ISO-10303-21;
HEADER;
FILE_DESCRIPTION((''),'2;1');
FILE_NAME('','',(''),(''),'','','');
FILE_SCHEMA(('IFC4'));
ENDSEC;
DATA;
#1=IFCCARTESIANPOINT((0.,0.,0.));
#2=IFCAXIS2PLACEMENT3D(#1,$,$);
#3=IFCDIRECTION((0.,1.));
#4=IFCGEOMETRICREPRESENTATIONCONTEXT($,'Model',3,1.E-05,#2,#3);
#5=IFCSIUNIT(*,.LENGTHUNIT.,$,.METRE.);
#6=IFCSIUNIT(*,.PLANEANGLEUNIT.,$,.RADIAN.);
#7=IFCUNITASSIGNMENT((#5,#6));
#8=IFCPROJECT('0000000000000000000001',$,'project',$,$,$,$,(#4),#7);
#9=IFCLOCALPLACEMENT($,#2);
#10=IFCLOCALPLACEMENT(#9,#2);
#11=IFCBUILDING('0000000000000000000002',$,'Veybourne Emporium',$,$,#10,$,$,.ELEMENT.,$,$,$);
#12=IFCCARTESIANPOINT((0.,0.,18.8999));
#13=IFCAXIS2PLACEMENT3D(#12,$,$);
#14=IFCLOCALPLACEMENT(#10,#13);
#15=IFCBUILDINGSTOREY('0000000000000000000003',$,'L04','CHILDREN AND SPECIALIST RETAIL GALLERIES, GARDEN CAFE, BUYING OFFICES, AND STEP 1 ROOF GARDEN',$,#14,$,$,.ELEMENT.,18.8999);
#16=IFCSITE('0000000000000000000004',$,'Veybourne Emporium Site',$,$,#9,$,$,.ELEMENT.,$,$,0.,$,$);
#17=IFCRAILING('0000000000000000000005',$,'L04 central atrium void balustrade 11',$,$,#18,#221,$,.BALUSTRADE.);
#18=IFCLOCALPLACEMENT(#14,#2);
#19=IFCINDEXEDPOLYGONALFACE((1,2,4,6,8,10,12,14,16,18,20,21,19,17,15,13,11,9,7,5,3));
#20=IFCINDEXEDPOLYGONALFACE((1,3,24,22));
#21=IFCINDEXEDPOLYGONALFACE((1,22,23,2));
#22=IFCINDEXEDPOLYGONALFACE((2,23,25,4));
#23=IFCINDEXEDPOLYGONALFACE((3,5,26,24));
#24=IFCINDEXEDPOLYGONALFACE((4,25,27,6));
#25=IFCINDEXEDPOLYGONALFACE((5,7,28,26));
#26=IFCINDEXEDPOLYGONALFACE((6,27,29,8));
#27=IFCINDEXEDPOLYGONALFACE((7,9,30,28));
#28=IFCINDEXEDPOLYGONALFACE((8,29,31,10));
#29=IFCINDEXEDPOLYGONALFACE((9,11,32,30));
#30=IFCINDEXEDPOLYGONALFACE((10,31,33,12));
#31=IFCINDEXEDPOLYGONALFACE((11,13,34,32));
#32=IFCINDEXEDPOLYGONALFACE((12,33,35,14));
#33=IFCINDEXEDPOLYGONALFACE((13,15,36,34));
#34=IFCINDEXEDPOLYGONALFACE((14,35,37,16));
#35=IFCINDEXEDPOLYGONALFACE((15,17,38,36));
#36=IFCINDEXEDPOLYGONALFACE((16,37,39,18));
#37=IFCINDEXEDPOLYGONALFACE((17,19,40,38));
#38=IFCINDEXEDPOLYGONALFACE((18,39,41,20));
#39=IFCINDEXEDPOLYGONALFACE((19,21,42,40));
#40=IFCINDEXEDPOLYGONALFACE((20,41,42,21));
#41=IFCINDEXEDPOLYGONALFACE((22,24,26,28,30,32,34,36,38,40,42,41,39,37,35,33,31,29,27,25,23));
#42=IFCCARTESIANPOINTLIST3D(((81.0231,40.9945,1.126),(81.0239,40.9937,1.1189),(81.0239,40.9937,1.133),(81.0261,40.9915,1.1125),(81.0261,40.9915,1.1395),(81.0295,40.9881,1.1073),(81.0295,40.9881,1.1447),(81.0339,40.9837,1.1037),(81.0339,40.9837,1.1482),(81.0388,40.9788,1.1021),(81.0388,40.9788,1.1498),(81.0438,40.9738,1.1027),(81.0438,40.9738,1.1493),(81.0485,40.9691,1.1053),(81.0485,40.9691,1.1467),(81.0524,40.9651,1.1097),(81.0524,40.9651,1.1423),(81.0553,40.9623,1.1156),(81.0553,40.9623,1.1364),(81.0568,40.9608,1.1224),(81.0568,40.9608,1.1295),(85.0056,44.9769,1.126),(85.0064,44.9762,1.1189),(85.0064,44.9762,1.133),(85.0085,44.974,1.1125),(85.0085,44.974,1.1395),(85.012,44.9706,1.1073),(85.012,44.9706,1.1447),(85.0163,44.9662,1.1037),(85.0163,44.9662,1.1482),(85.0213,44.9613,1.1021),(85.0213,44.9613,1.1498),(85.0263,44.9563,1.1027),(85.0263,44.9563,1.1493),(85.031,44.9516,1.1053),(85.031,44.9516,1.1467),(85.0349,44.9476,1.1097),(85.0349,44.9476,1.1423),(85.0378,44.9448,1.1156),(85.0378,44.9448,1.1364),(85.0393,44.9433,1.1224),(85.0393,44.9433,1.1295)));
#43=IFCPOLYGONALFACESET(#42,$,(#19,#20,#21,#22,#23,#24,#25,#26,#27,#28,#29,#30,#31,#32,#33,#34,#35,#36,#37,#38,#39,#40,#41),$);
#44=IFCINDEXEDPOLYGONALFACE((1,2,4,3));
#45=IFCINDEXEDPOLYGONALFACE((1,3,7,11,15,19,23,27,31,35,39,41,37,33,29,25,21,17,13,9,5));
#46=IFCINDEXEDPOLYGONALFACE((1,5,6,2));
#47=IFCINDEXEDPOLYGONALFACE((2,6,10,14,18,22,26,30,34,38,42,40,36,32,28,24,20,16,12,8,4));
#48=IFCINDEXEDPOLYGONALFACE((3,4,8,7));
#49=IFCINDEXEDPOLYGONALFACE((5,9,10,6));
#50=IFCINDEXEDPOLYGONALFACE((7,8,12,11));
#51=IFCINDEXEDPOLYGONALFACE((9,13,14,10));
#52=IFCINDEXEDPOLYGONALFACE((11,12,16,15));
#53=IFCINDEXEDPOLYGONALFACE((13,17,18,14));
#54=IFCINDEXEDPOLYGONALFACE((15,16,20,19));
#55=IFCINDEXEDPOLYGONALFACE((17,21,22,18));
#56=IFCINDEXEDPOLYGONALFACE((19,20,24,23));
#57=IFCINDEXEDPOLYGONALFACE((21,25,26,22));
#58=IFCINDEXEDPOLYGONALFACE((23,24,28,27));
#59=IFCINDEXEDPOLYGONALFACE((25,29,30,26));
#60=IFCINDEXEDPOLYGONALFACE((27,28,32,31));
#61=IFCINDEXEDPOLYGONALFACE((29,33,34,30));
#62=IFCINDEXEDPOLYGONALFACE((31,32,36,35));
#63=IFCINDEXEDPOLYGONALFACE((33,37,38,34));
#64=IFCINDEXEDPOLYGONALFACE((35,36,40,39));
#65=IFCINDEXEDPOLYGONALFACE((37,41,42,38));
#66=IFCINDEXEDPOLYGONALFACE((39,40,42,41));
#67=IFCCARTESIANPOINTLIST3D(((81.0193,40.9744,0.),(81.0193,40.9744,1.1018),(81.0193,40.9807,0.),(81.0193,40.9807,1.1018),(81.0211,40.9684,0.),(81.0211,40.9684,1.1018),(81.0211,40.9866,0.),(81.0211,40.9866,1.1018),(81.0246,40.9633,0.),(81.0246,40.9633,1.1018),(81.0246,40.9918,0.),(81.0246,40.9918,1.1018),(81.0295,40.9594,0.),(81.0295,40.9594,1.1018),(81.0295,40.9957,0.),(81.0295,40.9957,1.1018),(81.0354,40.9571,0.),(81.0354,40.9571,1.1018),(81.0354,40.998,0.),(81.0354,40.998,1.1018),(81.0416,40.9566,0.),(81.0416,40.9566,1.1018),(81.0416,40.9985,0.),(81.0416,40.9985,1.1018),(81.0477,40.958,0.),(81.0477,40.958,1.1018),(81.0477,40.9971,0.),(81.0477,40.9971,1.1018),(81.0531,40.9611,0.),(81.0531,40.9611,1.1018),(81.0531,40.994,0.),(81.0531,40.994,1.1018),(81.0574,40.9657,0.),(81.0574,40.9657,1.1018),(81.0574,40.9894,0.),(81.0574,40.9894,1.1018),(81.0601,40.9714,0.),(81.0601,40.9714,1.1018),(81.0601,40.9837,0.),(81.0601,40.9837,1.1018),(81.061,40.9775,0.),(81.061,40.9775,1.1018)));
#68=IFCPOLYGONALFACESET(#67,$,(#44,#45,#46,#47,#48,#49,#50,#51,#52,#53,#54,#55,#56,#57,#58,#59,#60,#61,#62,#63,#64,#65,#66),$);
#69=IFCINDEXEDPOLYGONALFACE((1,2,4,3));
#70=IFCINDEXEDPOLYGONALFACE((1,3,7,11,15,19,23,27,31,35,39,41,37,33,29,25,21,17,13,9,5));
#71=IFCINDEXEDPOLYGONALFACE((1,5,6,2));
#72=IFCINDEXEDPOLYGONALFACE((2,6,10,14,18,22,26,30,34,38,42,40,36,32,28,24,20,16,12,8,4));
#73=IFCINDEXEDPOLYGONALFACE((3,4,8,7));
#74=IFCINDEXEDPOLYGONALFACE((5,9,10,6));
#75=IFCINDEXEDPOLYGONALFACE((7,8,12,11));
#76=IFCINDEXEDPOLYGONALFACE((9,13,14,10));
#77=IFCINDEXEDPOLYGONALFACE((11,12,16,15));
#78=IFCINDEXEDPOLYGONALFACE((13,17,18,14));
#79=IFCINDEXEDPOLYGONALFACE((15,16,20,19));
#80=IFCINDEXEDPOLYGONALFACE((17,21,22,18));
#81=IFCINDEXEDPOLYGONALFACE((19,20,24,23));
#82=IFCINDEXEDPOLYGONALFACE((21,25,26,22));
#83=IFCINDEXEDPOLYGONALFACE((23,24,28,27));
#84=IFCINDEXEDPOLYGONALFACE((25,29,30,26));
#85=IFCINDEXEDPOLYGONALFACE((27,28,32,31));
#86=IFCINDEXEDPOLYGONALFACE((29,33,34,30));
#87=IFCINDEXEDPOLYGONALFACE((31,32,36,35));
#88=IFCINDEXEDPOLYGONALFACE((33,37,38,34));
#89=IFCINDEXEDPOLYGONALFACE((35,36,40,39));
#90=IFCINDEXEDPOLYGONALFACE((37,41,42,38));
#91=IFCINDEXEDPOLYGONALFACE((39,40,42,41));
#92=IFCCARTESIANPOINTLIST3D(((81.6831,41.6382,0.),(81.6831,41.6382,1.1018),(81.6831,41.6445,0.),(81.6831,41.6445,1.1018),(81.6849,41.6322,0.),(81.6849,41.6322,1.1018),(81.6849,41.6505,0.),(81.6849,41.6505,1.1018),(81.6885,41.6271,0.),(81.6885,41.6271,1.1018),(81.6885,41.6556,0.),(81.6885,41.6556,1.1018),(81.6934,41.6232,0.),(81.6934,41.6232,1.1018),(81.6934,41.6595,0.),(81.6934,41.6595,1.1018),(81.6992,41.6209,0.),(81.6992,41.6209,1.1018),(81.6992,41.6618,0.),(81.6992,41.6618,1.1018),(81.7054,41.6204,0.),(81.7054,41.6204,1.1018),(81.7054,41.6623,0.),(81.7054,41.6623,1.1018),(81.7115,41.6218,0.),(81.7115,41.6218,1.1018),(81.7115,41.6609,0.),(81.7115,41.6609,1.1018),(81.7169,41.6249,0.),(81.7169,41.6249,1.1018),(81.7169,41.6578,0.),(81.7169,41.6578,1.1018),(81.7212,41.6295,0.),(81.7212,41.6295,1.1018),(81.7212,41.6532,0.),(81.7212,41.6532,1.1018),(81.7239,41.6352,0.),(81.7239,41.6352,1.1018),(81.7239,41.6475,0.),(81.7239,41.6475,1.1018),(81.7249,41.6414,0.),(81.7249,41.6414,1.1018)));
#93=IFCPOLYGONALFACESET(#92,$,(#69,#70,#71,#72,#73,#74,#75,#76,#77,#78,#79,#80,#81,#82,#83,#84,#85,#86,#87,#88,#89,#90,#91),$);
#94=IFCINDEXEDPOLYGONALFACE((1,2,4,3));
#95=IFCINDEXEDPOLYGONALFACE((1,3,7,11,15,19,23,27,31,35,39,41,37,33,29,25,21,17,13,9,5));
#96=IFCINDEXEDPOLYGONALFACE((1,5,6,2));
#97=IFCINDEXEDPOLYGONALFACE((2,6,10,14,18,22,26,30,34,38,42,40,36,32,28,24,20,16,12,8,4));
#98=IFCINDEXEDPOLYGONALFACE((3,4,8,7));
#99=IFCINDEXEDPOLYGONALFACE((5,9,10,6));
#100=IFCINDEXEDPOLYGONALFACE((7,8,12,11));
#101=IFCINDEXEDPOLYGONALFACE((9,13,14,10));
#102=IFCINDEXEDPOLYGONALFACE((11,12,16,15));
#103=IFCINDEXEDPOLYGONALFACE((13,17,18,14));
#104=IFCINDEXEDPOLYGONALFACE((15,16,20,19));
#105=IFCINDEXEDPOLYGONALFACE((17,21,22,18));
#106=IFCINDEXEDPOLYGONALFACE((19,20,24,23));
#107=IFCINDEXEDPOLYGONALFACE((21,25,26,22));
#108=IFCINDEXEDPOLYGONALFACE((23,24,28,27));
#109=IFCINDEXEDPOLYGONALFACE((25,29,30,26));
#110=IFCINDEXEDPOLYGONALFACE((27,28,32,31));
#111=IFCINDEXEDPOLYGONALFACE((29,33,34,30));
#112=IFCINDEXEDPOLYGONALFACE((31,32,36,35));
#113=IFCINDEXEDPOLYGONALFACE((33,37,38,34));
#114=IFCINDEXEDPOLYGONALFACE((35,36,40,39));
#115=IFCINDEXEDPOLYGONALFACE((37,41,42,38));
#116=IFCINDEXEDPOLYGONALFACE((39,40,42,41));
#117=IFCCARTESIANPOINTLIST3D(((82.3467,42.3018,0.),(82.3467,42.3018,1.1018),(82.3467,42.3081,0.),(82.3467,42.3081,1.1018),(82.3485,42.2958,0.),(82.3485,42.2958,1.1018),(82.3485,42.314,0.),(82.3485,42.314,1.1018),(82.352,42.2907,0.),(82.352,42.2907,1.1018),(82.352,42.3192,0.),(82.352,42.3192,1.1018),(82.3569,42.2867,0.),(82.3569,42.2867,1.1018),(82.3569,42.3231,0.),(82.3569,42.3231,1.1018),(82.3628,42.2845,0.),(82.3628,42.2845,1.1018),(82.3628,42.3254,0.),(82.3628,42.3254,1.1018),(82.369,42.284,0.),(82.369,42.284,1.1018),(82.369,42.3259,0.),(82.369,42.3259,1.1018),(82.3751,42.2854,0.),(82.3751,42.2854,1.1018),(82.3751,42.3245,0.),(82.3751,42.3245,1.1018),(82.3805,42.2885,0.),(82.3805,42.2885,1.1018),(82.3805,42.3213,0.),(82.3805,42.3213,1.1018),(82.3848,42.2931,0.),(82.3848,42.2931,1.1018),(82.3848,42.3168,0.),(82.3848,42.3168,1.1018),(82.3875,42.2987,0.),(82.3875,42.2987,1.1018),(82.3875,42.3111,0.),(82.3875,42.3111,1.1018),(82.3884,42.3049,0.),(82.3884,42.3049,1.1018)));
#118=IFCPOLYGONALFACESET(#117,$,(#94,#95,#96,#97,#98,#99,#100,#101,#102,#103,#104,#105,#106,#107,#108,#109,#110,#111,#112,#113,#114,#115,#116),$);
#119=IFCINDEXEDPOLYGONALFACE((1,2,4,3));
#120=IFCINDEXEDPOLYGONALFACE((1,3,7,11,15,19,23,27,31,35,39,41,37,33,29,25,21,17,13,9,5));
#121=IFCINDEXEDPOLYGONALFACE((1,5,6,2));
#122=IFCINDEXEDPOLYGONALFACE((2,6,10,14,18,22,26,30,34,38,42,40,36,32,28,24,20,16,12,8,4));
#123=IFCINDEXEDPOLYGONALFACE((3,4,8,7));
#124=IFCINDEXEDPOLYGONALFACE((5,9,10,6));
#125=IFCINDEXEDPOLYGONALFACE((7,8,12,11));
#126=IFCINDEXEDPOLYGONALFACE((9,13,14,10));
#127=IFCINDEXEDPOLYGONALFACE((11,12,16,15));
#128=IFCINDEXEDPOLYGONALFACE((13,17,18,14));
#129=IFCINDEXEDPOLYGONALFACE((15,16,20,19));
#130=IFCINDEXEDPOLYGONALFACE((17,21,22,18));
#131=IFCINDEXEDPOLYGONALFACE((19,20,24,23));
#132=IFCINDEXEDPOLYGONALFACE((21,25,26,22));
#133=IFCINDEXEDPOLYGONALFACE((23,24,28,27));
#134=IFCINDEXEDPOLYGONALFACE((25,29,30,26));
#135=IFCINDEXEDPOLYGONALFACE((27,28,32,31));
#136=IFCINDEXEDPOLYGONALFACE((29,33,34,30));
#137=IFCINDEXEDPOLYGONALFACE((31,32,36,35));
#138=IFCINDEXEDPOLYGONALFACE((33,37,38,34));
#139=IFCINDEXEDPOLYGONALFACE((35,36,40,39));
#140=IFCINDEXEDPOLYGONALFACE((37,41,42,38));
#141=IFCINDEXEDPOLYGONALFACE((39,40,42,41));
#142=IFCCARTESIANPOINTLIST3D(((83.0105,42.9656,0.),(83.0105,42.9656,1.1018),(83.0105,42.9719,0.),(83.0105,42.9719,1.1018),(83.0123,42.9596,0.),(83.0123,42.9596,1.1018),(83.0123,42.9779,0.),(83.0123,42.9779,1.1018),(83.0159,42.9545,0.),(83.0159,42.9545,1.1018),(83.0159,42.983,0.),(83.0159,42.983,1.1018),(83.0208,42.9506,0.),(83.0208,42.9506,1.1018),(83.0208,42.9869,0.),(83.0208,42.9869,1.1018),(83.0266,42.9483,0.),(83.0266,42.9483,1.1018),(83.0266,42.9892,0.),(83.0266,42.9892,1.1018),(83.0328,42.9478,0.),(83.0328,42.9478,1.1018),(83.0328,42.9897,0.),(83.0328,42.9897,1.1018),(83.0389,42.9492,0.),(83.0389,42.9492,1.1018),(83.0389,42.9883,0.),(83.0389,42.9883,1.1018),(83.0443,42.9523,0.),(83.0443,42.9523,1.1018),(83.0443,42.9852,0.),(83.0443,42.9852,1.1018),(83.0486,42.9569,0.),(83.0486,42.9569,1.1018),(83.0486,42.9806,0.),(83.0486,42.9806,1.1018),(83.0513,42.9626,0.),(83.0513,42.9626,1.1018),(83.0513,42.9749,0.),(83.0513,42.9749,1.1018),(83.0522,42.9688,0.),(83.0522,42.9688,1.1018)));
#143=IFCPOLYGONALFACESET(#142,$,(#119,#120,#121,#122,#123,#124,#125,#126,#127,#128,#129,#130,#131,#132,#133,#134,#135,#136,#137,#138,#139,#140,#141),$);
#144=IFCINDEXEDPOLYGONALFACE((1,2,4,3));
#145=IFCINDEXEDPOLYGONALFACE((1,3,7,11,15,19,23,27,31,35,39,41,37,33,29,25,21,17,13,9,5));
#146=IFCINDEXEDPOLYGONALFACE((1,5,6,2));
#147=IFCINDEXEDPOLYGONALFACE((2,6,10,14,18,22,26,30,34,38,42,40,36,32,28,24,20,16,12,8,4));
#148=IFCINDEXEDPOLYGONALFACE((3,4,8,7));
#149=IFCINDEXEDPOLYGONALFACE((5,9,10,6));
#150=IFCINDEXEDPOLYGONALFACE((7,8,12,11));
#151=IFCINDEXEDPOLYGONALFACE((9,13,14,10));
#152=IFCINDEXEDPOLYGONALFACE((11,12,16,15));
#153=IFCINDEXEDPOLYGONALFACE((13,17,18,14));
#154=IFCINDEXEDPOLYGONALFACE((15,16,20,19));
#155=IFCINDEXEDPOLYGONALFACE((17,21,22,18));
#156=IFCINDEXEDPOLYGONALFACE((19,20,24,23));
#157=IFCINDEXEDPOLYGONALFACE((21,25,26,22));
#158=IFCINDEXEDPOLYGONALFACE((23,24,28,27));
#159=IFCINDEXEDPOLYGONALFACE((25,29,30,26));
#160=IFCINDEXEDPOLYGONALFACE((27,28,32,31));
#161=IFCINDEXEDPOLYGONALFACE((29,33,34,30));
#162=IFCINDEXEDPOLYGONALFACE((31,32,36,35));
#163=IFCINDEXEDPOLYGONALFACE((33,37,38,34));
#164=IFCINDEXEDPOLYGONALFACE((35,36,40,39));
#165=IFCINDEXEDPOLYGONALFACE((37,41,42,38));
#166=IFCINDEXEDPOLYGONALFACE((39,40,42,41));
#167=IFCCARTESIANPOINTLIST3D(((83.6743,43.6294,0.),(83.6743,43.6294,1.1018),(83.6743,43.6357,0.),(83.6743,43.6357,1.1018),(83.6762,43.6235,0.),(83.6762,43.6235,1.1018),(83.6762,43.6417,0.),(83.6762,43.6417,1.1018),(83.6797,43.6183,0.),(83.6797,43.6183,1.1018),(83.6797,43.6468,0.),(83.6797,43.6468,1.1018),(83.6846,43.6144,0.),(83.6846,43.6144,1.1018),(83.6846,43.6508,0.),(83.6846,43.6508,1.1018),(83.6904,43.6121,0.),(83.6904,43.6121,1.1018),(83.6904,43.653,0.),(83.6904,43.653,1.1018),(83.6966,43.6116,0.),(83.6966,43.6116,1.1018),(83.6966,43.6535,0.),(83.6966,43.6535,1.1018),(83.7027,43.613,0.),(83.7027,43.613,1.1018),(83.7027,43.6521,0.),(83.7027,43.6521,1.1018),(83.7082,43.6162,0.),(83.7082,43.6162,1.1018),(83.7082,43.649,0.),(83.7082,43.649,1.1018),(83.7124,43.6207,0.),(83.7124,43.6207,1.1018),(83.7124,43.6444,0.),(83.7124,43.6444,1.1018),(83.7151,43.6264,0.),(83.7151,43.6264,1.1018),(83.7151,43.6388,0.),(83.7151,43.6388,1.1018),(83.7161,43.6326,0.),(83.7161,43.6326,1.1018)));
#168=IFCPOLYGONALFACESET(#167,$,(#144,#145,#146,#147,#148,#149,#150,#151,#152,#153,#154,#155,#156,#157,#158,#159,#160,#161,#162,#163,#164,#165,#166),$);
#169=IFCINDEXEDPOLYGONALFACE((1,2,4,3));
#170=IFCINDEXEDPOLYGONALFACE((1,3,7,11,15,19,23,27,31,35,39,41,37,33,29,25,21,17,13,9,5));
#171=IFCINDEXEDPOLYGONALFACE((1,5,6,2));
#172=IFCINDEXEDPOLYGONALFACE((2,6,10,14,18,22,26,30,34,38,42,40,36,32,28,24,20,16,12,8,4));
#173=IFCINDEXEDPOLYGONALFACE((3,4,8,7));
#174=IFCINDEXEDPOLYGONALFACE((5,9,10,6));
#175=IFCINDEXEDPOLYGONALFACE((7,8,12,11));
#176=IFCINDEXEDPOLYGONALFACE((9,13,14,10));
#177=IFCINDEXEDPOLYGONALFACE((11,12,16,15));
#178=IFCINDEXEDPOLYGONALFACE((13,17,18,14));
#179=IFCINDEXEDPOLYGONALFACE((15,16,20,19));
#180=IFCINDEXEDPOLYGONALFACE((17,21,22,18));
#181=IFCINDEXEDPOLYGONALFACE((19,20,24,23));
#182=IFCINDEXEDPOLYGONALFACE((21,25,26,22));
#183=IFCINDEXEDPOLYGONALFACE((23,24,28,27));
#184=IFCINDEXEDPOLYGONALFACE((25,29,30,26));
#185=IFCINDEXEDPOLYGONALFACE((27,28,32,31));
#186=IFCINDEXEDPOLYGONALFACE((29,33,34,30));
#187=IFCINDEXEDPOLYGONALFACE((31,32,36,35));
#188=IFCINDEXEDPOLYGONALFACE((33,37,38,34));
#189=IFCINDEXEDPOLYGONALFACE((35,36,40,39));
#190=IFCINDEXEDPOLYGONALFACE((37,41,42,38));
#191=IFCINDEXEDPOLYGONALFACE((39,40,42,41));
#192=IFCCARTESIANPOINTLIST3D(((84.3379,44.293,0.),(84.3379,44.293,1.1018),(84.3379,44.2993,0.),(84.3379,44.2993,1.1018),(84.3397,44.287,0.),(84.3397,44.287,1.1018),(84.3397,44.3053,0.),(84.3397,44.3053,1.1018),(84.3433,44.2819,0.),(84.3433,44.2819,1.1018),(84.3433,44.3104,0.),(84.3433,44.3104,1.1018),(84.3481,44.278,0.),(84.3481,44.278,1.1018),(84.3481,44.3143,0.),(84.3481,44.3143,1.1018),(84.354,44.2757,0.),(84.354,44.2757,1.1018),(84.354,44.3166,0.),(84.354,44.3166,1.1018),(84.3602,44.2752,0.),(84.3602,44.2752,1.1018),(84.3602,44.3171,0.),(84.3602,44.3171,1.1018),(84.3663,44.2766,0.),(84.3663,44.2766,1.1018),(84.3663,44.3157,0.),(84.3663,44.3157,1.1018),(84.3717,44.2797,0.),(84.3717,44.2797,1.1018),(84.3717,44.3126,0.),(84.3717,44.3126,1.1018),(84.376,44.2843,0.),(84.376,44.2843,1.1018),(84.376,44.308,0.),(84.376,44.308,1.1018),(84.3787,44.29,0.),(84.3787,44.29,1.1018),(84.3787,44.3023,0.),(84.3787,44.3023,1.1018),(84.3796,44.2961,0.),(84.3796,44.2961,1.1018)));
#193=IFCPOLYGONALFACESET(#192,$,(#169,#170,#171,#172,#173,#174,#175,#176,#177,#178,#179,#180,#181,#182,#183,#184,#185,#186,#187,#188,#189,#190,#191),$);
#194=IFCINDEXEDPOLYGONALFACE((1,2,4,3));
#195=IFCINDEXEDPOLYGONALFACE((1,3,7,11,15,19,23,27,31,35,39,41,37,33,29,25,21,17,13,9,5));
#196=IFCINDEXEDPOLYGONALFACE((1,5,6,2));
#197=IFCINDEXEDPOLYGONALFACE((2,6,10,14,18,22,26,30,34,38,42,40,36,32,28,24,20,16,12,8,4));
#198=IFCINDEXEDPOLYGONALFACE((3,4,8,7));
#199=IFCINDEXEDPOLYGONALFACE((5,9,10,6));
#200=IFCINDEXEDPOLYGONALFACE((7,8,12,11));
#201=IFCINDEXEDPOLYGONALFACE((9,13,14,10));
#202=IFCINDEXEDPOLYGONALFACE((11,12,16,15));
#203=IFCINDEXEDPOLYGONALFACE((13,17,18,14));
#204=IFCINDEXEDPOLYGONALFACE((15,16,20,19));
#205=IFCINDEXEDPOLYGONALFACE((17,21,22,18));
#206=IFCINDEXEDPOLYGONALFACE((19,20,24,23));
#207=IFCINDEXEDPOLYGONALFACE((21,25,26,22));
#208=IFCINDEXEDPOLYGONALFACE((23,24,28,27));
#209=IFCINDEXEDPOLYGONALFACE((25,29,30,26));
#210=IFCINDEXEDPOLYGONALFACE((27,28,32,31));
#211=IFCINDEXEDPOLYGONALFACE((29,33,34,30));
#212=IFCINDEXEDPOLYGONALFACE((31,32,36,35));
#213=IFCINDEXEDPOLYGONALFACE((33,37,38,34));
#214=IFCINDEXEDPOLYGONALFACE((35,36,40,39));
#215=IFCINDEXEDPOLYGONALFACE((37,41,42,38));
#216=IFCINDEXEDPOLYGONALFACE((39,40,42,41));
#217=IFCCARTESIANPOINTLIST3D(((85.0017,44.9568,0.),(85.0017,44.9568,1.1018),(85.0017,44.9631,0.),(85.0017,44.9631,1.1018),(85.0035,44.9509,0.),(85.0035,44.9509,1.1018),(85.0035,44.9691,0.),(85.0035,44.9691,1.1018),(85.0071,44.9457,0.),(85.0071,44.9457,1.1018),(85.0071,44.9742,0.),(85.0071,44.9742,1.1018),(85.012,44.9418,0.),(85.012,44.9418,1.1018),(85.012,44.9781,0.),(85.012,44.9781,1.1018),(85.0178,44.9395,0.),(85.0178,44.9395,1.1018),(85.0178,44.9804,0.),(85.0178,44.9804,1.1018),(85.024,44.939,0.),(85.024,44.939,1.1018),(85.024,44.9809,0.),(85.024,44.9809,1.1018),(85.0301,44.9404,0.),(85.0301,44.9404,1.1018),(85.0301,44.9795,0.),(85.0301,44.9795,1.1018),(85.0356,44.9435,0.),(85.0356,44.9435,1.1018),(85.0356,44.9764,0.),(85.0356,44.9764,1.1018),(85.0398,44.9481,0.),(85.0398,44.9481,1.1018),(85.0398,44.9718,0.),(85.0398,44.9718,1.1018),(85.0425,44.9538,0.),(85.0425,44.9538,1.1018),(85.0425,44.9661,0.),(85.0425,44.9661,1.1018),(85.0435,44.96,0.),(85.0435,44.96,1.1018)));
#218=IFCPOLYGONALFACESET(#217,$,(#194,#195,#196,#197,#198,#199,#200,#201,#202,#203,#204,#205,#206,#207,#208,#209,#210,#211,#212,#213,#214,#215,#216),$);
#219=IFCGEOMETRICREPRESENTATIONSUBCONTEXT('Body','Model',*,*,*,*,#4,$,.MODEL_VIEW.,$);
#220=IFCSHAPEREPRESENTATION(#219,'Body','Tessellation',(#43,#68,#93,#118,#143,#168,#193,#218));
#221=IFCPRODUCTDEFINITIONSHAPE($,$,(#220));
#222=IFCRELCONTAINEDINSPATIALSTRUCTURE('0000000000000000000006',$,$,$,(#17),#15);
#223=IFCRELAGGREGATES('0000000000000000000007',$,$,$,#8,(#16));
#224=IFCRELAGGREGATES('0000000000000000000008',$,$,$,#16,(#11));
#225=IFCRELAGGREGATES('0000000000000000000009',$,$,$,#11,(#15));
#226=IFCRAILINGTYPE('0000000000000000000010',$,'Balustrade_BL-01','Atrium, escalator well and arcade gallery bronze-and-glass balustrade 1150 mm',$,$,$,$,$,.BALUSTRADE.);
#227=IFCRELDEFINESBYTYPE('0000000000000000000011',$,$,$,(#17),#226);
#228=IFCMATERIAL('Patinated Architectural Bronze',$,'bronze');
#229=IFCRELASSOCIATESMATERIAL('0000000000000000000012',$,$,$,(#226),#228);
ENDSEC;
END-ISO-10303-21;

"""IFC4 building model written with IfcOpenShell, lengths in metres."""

from ifc_helpers import new_model, si_unit, direction, frame, origin, origin_2d, place, context, subcontext, project, spatial, circle, extrude, material, type_object, element, save


model = new_model("IFC4")

# Units and contexts
model_context = context("Model", 3, precision=1e-05, world=origin(), true_north=direction((0.0, 1.0)))
body_context = subcontext(model_context, "Body", "Model", "MODEL_VIEW")
ifc_project = project(units=[si_unit("LENGTHUNIT", "METRE"), si_unit("PLANEANGLEUNIT", "RADIAN")], contexts=[model_context])

# Site, building, storey
site_placement = place(None, origin())
site = spatial("IfcSite", under=ifc_project, at=site_placement, Name="Veybourne Emporium Site", CompositionType="ELEMENT", RefElevation=0.0)
building_placement = place(site_placement, origin())
building = spatial("IfcBuilding", under=site, at=building_placement, Name="Veybourne Emporium", CompositionType="ELEMENT")
storey_placement = place(building_placement, frame((0.0, 0.0, 18.8999)))
storey = spatial("IfcBuildingStorey", under=building, at=storey_placement, Name="L04", Description="CHILDREN AND SPECIALIST RETAIL GALLERIES, GARDEN CAFE, BUYING OFFICES, AND STEP 1 ROOF GARDEN", CompositionType="ELEMENT", Elevation=18.8999)

# Shared definitions
ifc_material_1 = material(Name="Patinated Architectural Bronze", Category="bronze")

# Railing
railing_type = type_object("IfcRailingType", Name="Balustrade_BL-01", Description="Atrium, escalator well and arcade gallery bronze-and-glass balustrade 1150 mm", PredefinedType="BALUSTRADE", material=ifc_material_1)
railing_1_placement = place(storey_placement, frame((81.04, 40.9775, 0.0)))
element("IfcRailing", 1, at=railing_1_placement, inside=storey, type_object=railing_type, Name="L04 central atrium void balustrade 11", PredefinedType="BALUSTRADE", context=body_context, shape_type="SweptSolid", body=[
    extrude(circle(Radius=0.0239, at=origin_2d()), frame((0.0, 0.0, 1.126), z_axis=(0.707107, 0.707107, 0.0), x_axis=(-0.707107, 0.707107, 0.0)), (0.0, 0.0, 1.0), 5.6321),
    extrude(circle(Radius=0.021, at=origin_2d()), origin(), (0.0, 0.0, 1.0), 1.1018),
    extrude(circle(Radius=0.021, at=origin_2d()), frame((0.6638, 0.6638, 0.0)), (0.0, 0.0, 1.0), 1.1018),
    extrude(circle(Radius=0.021, at=origin_2d()), frame((1.3274, 1.3274, 0.0)), (0.0, 0.0, 1.0), 1.1018),
    extrude(circle(Radius=0.021, at=origin_2d()), frame((1.9912, 1.9912, 0.0)), (0.0, 0.0, 1.0), 1.1018),
    extrude(circle(Radius=0.021, at=origin_2d()), frame((2.655, 2.655, 0.0)), (0.0, 0.0, 1.0), 1.1018),
    extrude(circle(Radius=0.021, at=origin_2d()), frame((3.3186, 3.3186, 0.0)), (0.0, 0.0, 1.0), 1.1018),
    extrude(circle(Radius=0.021, at=origin_2d()), frame((3.9824, 3.9824, 0.0)), (0.0, 0.0, 1.0), 1.1018),
])

save(model, "model.ifc")
